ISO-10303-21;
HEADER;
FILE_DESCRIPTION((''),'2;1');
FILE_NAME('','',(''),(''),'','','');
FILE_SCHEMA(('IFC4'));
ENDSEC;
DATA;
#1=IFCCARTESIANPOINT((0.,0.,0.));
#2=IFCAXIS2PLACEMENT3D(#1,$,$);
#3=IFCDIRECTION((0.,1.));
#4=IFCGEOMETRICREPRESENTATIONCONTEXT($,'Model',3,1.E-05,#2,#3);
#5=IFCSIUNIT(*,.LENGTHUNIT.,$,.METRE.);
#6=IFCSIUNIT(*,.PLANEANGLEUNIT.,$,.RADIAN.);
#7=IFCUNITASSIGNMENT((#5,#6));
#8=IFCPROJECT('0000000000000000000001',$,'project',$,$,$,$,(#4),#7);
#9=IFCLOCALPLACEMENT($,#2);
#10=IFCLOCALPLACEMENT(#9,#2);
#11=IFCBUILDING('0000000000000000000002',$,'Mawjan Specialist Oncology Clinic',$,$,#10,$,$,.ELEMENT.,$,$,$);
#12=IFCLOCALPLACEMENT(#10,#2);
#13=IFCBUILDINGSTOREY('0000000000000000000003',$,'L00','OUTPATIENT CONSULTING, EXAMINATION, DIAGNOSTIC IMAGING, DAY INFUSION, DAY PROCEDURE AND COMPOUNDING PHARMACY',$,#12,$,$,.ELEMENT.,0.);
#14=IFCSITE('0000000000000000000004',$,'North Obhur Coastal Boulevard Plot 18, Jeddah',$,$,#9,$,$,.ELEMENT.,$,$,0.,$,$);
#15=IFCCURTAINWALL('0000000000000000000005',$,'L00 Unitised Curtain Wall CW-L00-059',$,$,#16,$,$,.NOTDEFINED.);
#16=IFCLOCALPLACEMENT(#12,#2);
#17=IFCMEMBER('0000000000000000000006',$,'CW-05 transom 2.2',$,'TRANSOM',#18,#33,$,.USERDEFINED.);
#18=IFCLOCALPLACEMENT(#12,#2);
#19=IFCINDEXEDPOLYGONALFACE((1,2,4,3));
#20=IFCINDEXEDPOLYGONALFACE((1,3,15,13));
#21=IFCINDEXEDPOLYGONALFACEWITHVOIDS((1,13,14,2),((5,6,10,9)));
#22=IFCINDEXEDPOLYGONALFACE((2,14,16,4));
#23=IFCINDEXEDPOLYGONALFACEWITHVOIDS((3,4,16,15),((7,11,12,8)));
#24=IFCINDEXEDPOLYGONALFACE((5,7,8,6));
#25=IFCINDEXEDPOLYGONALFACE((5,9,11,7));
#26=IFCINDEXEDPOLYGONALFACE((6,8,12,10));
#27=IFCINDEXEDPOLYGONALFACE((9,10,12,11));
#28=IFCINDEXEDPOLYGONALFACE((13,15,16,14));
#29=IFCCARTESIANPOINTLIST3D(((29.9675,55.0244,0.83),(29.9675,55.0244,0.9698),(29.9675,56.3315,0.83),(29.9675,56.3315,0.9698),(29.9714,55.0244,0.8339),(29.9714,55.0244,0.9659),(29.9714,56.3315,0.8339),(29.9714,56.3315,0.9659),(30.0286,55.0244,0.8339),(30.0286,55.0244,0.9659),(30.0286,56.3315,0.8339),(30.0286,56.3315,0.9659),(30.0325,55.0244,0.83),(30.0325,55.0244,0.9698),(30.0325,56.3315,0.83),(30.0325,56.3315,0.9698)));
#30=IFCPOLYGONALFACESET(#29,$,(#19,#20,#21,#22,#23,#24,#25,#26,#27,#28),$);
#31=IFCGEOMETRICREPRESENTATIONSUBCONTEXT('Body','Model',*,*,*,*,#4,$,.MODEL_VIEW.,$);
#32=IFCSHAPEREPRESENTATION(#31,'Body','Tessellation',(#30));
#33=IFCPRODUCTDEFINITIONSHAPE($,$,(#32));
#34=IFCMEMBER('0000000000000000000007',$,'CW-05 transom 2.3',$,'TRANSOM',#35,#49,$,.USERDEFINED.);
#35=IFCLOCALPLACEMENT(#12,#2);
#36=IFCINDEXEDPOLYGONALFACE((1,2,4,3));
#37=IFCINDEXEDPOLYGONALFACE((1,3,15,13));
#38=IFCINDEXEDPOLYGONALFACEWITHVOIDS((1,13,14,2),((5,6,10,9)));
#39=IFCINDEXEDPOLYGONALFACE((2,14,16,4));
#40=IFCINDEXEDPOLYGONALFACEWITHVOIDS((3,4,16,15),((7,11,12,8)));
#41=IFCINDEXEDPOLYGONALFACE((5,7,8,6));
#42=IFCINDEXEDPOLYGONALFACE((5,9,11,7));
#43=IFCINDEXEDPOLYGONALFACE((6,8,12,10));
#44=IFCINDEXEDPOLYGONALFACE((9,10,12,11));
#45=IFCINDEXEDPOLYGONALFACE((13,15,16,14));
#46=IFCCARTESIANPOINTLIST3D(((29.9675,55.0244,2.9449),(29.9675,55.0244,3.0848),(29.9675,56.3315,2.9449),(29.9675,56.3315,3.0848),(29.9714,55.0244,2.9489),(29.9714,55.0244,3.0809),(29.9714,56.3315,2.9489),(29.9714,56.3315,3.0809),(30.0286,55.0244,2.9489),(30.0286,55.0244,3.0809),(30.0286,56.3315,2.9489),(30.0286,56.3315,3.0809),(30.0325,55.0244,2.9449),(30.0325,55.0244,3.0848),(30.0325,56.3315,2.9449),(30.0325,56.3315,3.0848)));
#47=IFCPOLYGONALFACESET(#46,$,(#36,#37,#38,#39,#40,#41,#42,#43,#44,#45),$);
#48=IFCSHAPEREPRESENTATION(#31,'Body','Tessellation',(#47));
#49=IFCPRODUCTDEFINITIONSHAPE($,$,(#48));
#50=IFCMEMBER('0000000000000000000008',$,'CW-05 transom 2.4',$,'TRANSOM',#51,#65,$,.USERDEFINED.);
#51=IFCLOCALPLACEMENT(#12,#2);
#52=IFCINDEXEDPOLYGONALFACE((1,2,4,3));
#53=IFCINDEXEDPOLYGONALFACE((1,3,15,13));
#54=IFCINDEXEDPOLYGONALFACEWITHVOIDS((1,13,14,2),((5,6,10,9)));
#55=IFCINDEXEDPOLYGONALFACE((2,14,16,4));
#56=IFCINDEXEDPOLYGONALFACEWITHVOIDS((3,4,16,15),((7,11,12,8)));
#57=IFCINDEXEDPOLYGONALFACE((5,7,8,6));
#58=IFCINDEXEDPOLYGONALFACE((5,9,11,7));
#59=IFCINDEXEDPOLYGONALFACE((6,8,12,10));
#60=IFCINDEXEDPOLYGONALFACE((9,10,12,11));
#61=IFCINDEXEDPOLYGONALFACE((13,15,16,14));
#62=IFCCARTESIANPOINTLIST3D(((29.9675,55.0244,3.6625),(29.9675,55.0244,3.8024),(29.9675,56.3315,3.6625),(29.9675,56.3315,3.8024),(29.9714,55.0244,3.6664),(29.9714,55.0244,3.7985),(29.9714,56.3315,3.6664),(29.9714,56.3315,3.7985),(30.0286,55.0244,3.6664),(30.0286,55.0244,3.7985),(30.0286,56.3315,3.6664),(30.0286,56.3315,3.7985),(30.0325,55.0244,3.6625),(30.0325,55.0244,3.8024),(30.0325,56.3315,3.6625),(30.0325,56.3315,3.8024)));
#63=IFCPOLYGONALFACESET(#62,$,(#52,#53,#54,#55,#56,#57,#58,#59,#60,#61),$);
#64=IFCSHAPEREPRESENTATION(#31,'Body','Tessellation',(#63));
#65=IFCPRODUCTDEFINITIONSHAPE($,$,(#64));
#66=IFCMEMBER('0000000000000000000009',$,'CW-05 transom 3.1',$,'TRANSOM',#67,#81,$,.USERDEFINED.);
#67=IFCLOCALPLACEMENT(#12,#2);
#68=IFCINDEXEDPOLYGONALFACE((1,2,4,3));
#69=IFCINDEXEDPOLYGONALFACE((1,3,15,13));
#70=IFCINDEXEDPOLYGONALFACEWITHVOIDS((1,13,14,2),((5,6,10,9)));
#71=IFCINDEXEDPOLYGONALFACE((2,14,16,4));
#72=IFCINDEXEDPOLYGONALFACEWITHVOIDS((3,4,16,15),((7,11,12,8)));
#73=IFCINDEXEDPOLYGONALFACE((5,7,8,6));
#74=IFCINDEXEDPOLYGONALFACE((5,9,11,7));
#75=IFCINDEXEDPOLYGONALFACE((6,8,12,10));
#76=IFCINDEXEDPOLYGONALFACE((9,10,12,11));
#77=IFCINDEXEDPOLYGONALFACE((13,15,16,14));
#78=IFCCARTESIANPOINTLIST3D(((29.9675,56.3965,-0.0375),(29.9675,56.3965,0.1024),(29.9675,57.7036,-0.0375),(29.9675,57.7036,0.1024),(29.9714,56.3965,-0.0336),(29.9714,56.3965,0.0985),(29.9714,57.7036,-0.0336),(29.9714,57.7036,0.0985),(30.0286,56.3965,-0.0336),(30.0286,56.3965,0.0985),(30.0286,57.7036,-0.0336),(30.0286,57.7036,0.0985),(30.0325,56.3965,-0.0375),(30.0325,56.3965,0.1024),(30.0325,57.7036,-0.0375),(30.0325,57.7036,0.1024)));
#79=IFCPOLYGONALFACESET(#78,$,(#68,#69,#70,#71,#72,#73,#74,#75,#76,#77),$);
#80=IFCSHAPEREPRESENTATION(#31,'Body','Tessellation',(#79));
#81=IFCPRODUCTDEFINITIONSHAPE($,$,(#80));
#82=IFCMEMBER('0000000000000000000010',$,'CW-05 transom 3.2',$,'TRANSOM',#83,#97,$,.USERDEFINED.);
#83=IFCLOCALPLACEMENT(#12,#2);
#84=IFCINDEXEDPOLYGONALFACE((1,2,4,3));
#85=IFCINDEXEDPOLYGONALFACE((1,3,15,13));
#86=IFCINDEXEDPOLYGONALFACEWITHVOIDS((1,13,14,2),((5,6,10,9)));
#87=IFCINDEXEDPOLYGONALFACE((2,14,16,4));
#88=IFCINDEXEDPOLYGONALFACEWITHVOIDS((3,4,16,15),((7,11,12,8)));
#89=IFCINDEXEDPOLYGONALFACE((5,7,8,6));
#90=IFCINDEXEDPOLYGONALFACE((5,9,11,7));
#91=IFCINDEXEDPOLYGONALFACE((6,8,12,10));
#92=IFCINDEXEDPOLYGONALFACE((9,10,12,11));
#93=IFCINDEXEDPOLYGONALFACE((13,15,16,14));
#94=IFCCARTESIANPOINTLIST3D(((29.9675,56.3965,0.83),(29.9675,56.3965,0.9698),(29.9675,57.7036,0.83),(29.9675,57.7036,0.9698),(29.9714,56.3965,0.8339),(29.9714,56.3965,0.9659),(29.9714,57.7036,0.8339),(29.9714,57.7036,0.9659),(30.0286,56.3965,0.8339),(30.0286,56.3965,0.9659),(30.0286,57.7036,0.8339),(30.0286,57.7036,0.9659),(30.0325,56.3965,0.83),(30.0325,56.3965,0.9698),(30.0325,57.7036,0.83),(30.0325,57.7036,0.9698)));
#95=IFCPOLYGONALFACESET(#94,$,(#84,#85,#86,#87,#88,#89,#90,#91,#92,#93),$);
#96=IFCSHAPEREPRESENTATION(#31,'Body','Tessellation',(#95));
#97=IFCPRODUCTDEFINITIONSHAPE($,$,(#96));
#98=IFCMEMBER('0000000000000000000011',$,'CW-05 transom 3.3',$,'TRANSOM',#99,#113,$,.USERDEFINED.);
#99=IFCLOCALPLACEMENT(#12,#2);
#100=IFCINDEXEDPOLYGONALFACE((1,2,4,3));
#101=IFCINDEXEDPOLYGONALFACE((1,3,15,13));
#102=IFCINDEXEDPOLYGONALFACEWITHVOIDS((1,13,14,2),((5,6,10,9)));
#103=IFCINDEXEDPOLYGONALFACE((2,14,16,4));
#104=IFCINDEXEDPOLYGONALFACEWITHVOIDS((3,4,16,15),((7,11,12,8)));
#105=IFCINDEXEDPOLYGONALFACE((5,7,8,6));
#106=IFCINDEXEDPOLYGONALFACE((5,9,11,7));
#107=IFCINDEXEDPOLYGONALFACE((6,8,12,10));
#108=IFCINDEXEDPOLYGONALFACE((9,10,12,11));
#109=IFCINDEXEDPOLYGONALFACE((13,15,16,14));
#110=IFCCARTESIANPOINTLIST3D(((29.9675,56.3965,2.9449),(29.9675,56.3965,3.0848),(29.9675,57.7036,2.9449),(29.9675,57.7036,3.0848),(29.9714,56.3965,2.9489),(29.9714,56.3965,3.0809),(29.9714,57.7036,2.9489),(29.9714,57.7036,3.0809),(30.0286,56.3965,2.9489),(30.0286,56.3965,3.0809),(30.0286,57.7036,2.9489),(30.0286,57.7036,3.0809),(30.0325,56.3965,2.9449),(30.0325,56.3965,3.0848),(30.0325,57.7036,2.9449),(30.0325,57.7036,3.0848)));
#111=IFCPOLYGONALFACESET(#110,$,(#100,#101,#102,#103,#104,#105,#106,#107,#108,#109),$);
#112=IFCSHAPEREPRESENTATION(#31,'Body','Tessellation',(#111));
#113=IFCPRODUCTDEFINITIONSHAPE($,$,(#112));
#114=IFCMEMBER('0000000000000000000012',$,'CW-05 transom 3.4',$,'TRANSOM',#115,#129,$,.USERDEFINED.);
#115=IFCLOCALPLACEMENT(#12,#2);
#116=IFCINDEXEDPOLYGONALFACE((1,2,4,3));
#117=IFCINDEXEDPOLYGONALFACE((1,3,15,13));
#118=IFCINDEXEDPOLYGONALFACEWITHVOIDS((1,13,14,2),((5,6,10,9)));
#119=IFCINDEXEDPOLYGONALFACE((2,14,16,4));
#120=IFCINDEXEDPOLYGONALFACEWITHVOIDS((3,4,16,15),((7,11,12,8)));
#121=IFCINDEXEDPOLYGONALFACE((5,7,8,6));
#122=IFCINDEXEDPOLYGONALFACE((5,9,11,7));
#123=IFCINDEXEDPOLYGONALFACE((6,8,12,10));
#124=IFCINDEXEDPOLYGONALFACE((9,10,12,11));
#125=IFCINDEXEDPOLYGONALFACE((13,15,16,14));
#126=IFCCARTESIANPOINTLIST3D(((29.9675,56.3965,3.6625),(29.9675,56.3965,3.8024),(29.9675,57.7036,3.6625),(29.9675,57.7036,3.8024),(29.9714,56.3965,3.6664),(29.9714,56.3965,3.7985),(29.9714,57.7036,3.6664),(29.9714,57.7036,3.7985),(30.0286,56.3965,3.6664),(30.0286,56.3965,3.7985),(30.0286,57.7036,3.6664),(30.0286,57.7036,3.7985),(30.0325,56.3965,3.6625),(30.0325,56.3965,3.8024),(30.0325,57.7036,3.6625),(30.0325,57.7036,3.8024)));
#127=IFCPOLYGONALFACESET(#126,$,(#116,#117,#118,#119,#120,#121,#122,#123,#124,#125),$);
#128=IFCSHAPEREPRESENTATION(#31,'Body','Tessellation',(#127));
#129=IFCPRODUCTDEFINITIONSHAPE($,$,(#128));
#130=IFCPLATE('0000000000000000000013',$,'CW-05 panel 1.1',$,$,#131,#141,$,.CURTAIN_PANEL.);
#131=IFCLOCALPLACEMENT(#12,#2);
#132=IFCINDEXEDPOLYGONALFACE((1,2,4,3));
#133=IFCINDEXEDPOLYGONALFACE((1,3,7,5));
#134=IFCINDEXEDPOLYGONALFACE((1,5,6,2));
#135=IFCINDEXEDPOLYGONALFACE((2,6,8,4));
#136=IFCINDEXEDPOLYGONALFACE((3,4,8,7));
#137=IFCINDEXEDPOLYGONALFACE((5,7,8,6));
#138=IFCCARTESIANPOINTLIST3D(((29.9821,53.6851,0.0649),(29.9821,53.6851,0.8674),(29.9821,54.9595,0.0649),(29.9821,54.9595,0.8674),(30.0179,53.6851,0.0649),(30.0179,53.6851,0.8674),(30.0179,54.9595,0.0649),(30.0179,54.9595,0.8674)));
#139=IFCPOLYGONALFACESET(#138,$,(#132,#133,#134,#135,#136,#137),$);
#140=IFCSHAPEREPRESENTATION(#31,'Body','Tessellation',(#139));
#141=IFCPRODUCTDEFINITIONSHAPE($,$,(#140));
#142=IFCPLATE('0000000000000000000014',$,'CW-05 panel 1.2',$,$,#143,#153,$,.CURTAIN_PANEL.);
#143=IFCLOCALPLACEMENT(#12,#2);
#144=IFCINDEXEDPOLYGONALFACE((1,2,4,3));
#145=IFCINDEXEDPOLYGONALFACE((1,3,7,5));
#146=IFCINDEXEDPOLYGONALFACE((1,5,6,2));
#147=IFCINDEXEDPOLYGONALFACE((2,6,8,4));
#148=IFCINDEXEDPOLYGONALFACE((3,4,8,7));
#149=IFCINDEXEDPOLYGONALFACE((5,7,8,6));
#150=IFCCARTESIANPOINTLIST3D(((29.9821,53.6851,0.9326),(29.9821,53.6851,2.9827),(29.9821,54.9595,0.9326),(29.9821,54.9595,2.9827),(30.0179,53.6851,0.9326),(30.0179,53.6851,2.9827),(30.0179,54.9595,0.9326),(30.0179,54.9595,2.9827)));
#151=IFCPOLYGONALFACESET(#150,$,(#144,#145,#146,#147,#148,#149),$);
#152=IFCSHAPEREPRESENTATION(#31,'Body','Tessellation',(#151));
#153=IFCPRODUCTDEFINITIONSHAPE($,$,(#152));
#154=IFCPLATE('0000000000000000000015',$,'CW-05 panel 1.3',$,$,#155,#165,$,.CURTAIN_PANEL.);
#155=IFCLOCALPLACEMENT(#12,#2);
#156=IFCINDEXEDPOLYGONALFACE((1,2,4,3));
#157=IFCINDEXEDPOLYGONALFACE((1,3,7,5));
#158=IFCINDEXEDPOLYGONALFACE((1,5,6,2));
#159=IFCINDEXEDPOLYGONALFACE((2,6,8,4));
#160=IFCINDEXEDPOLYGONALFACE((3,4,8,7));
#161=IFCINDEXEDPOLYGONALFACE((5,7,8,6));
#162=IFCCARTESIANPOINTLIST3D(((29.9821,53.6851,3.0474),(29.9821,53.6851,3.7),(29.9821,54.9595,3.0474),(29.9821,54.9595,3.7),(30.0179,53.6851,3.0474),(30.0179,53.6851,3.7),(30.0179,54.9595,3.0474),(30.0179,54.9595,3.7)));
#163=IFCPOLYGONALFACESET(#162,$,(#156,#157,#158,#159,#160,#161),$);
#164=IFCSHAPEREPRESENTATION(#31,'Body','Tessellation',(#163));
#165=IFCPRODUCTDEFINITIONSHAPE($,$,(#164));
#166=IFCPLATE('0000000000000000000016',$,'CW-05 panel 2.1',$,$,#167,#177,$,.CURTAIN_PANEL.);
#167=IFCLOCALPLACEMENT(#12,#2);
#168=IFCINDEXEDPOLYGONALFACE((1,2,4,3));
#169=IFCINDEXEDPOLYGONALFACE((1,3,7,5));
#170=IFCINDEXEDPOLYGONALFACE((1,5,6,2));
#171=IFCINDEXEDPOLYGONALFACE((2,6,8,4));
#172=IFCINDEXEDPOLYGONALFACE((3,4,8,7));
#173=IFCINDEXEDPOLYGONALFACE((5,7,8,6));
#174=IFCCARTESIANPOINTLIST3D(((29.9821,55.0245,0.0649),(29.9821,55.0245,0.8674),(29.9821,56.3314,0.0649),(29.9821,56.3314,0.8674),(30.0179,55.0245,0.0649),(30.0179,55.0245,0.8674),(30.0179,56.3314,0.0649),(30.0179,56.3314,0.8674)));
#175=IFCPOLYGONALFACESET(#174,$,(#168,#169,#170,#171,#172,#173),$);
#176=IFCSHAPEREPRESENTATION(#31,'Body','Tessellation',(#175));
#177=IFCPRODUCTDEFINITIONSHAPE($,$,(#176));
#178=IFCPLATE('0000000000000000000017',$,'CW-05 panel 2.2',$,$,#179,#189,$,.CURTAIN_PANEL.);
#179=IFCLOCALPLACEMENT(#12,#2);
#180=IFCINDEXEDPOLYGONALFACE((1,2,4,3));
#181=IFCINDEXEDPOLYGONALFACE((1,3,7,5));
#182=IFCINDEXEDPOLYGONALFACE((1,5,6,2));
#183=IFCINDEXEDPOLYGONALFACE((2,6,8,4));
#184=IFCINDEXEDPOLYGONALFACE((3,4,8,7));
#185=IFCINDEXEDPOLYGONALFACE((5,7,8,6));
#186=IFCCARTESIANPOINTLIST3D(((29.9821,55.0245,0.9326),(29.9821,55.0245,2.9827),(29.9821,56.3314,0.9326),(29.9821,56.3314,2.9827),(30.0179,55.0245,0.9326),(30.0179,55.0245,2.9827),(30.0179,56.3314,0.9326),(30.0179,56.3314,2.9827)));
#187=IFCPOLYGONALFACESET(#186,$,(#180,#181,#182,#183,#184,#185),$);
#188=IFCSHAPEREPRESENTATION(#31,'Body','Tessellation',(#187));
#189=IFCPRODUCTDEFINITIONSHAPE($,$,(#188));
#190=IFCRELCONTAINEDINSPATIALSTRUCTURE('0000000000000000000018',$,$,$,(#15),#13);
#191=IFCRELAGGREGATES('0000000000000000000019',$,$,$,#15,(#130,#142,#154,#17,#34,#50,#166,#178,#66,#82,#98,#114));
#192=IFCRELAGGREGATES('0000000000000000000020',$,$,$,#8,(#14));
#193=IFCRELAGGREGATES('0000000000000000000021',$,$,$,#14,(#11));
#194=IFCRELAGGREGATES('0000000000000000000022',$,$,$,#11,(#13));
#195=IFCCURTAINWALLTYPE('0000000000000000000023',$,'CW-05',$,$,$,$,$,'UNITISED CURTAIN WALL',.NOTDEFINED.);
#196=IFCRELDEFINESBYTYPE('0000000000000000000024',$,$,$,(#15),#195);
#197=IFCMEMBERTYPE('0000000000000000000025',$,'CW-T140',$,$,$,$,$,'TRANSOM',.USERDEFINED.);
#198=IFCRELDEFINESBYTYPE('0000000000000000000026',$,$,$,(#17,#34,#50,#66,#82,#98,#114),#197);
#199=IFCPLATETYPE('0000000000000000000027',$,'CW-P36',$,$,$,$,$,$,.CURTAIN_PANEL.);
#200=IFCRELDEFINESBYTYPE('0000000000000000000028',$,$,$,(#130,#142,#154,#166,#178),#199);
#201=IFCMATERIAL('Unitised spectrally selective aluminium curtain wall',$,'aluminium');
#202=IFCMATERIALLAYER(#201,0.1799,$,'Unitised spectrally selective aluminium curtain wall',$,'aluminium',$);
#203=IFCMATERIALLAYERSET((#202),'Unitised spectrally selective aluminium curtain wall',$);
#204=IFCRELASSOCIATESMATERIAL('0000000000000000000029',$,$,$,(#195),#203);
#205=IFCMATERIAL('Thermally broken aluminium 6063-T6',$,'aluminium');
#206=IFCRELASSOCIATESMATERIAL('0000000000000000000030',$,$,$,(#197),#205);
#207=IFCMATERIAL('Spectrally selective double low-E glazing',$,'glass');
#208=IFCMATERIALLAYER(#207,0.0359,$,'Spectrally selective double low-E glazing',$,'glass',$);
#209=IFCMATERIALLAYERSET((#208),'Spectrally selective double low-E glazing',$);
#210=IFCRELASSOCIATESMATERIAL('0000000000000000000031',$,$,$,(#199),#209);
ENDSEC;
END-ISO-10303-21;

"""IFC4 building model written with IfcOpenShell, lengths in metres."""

from ifc_helpers import new_model, si_unit, direction, frame, origin, origin_2d, place, context, subcontext, project, spatial, rectangle, hollow_rectangle, extrude, material, layer, layer_set, material_profile, profile_set, type_object, element, aggregate, save


model = new_model("IFC4")

# Units and contexts
model_context = context("Model", 3, precision=1e-05, world=origin(), true_north=direction((0.0, 1.0)))
body_context = subcontext(model_context, "Body", "Model", "MODEL_VIEW")
ifc_project = project(units=[si_unit("LENGTHUNIT", "METRE"), si_unit("PLANEANGLEUNIT", "RADIAN")], contexts=[model_context])

# Site, building, storey
site_placement = place(None, origin())
site = spatial("IfcSite", under=ifc_project, at=site_placement, Name="North Obhur Coastal Boulevard Plot 18, Jeddah", CompositionType="ELEMENT", RefElevation=0.0)
building_placement = place(site_placement, origin())
building = spatial("IfcBuilding", under=site, at=building_placement, Name="Mawjan Specialist Oncology Clinic", CompositionType="ELEMENT")
storey_placement = place(building_placement, origin())
storey = spatial("IfcBuildingStorey", under=building, at=storey_placement, Name="L00", Description="OUTPATIENT CONSULTING, EXAMINATION, DIAGNOSTIC IMAGING, DAY INFUSION, DAY PROCEDURE AND COMPOUNDING PHARMACY", CompositionType="ELEMENT", Elevation=0.0)

# Curtain wall, members, plates
ifc_material_1 = material(Name="Unitised spectrally selective aluminium curtain wall", Category="aluminium")
ifc_layer_1 = layer(ifc_material_1, 0.1799, Name="Unitised spectrally selective aluminium curtain wall", Category="aluminium")
ifc_layer_set_1 = layer_set([ifc_layer_1], Name="Unitised spectrally selective aluminium curtain wall")
curtain_wall_type = type_object("IfcCurtainWallType", Name="CW-05", ElementType="UNITISED CURTAIN WALL", PredefinedType="NOTDEFINED", material=ifc_layer_set_1)
curtain_wall_placement = place(storey_placement, origin())
curtain_wall = element("IfcCurtainWall", 1, at=curtain_wall_placement, inside=storey, type_object=curtain_wall_type, Name="L00 Unitised Curtain Wall CW-L00-059", PredefinedType="NOTDEFINED")
ifc_material_2 = material(Name="Thermally broken aluminium 6063-T6", Category="aluminium")
ifc_material_profile_1 = material_profile(ifc_material_2, hollow_rectangle(XDim=0.0649, YDim=0.1399, WallThickness=0.0039, at=origin_2d()), Name="ALU TRANSOM 140x65x4", Category="aluminium")
ifc_profile_set_1 = profile_set([ifc_material_profile_1], Name="Thermally broken aluminium 6063-T6")
member_type_1 = type_object("IfcMemberType", Name="CW-T140", ElementType="TRANSOM", PredefinedType="USERDEFINED", material=ifc_profile_set_1)
member_1_placement = place(storey_placement, frame((30.0, 55.0244, 0.8999), z_axis=(0.0, 1.0, 0.0), x_axis=(-1.0, 0.0, 0.0)))
member_1 = element("IfcMember", 2, at=member_1_placement, type_object=member_type_1, Name="CW-05 transom 2.2", ObjectType="TRANSOM", PredefinedType="USERDEFINED", context=body_context, shape_type="SweptSolid", body=[
    extrude(hollow_rectangle(XDim=0.0649, YDim=0.1399, WallThickness=0.0039, at=origin_2d()), origin(), (0.0, 0.0, 1.0), 1.3071),
])
member_2_placement = place(storey_placement, frame((30.0, 55.0244, 3.0149), z_axis=(0.0, 1.0, 0.0), x_axis=(-1.0, 0.0, 0.0)))
member_2 = element("IfcMember", 3, at=member_2_placement, type_object=member_type_1, Name="CW-05 transom 2.3", ObjectType="TRANSOM", PredefinedType="USERDEFINED", context=body_context, shape_type="SweptSolid", body=[
    extrude(hollow_rectangle(XDim=0.0649, YDim=0.1399, WallThickness=0.0039, at=origin_2d()), origin(), (0.0, 0.0, 1.0), 1.3071),
])
member_3_placement = place(storey_placement, frame((30.0, 55.0244, 3.7324), z_axis=(0.0, 1.0, 0.0), x_axis=(-1.0, 0.0, 0.0)))
member_3 = element("IfcMember", 4, at=member_3_placement, type_object=member_type_1, Name="CW-05 transom 2.4", ObjectType="TRANSOM", PredefinedType="USERDEFINED", context=body_context, shape_type="SweptSolid", body=[
    extrude(hollow_rectangle(XDim=0.0649, YDim=0.1399, WallThickness=0.0039, at=origin_2d()), origin(), (0.0, 0.0, 1.0), 1.3071),
])
member_4_placement = place(storey_placement, frame((30.0, 56.3965, 0.0325), z_axis=(0.0, 1.0, 0.0), x_axis=(-1.0, 0.0, 0.0)))
member_4 = element("IfcMember", 5, at=member_4_placement, type_object=member_type_1, Name="CW-05 transom 3.1", ObjectType="TRANSOM", PredefinedType="USERDEFINED", context=body_context, shape_type="SweptSolid", body=[
    extrude(hollow_rectangle(XDim=0.0649, YDim=0.1399, WallThickness=0.0039, at=origin_2d()), origin(), (0.0, 0.0, 1.0), 1.3071),
])
member_5_placement = place(storey_placement, frame((30.0, 56.3965, 0.8999), z_axis=(0.0, 1.0, 0.0), x_axis=(-1.0, 0.0, 0.0)))
member_5 = element("IfcMember", 6, at=member_5_placement, type_object=member_type_1, Name="CW-05 transom 3.2", ObjectType="TRANSOM", PredefinedType="USERDEFINED", context=body_context, shape_type="SweptSolid", body=[
    extrude(hollow_rectangle(XDim=0.0649, YDim=0.1399, WallThickness=0.0039, at=origin_2d()), origin(), (0.0, 0.0, 1.0), 1.3071),
])
member_6_placement = place(storey_placement, frame((30.0, 56.3965, 3.0149), z_axis=(0.0, 1.0, 0.0), x_axis=(-1.0, 0.0, 0.0)))
member_6 = element("IfcMember", 7, at=member_6_placement, type_object=member_type_1, Name="CW-05 transom 3.3", ObjectType="TRANSOM", PredefinedType="USERDEFINED", context=body_context, shape_type="SweptSolid", body=[
    extrude(hollow_rectangle(XDim=0.0649, YDim=0.1399, WallThickness=0.0039, at=origin_2d()), origin(), (0.0, 0.0, 1.0), 1.3071),
])
member_7_placement = place(storey_placement, frame((30.0, 56.3965, 3.7324), z_axis=(0.0, 1.0, 0.0), x_axis=(-1.0, 0.0, 0.0)))
member_7 = element("IfcMember", 8, at=member_7_placement, type_object=member_type_1, Name="CW-05 transom 3.4", ObjectType="TRANSOM", PredefinedType="USERDEFINED", context=body_context, shape_type="SweptSolid", body=[
    extrude(hollow_rectangle(XDim=0.0649, YDim=0.1399, WallThickness=0.0039, at=origin_2d()), origin(), (0.0, 0.0, 1.0), 1.3071),
])
ifc_material_3 = material(Name="Spectrally selective double low-E glazing", Category="glass")
ifc_layer_2 = layer(ifc_material_3, 0.0359, Name="Spectrally selective double low-E glazing", Category="glass")
ifc_layer_set_2 = layer_set([ifc_layer_2], Name="Spectrally selective double low-E glazing")
plate_type = type_object("IfcPlateType", Name="CW-P36", PredefinedType="CURTAIN_PANEL", material=ifc_layer_set_2)
plate_1_placement = place(storey_placement, frame((30.0, 54.3223, 0.0649), z_axis=(0.0, 0.0, 1.0), x_axis=(0.0, 1.0, 0.0)))
plate_1 = element("IfcPlate", 9, at=plate_1_placement, type_object=plate_type, Name="CW-05 panel 1.1", PredefinedType="CURTAIN_PANEL", context=body_context, shape_type="SweptSolid", body=[
    extrude(rectangle(XDim=1.2744, YDim=0.0359, at=origin_2d()), origin(), (0.0, 0.0, 1.0), 0.8025),
])
plate_2_placement = place(storey_placement, frame((30.0, 54.3223, 0.9326), z_axis=(0.0, 0.0, 1.0), x_axis=(0.0, 1.0, 0.0)))
plate_2 = element("IfcPlate", 10, at=plate_2_placement, type_object=plate_type, Name="CW-05 panel 1.2", PredefinedType="CURTAIN_PANEL", context=body_context, shape_type="SweptSolid", body=[
    extrude(rectangle(XDim=1.2744, YDim=0.0359, at=origin_2d()), origin(), (0.0, 0.0, 1.0), 2.05),
])
plate_3_placement = place(storey_placement, frame((30.0, 54.3223, 3.0474), z_axis=(0.0, 0.0, 1.0), x_axis=(0.0, 1.0, 0.0)))
plate_3 = element("IfcPlate", 11, at=plate_3_placement, type_object=plate_type, Name="CW-05 panel 1.3", PredefinedType="CURTAIN_PANEL", context=body_context, shape_type="SweptSolid", body=[
    extrude(rectangle(XDim=1.2744, YDim=0.0359, at=origin_2d()), origin(), (0.0, 0.0, 1.0), 0.6526),
])
plate_4_placement = place(storey_placement, frame((30.0, 55.678, 0.0649), z_axis=(0.0, 0.0, 1.0), x_axis=(0.0, 1.0, 0.0)))
plate_4 = element("IfcPlate", 12, at=plate_4_placement, type_object=plate_type, Name="CW-05 panel 2.1", PredefinedType="CURTAIN_PANEL", context=body_context, shape_type="SweptSolid", body=[
    extrude(rectangle(XDim=1.3069, YDim=0.0359, at=origin_2d()), origin(), (0.0, 0.0, 1.0), 0.8025),
])
plate_5_placement = place(storey_placement, frame((30.0, 55.678, 0.9326), z_axis=(0.0, 0.0, 1.0), x_axis=(0.0, 1.0, 0.0)))
plate_5 = element("IfcPlate", 13, at=plate_5_placement, type_object=plate_type, Name="CW-05 panel 2.2", PredefinedType="CURTAIN_PANEL", context=body_context, shape_type="SweptSolid", body=[
    extrude(rectangle(XDim=1.3069, YDim=0.0359, at=origin_2d()), origin(), (0.0, 0.0, 1.0), 2.05),
])
aggregate(curtain_wall, [plate_1, plate_2, plate_3, member_1, member_2, member_3, plate_4, plate_5, member_4, member_5, member_6, member_7])

save(model, "model.ifc")
